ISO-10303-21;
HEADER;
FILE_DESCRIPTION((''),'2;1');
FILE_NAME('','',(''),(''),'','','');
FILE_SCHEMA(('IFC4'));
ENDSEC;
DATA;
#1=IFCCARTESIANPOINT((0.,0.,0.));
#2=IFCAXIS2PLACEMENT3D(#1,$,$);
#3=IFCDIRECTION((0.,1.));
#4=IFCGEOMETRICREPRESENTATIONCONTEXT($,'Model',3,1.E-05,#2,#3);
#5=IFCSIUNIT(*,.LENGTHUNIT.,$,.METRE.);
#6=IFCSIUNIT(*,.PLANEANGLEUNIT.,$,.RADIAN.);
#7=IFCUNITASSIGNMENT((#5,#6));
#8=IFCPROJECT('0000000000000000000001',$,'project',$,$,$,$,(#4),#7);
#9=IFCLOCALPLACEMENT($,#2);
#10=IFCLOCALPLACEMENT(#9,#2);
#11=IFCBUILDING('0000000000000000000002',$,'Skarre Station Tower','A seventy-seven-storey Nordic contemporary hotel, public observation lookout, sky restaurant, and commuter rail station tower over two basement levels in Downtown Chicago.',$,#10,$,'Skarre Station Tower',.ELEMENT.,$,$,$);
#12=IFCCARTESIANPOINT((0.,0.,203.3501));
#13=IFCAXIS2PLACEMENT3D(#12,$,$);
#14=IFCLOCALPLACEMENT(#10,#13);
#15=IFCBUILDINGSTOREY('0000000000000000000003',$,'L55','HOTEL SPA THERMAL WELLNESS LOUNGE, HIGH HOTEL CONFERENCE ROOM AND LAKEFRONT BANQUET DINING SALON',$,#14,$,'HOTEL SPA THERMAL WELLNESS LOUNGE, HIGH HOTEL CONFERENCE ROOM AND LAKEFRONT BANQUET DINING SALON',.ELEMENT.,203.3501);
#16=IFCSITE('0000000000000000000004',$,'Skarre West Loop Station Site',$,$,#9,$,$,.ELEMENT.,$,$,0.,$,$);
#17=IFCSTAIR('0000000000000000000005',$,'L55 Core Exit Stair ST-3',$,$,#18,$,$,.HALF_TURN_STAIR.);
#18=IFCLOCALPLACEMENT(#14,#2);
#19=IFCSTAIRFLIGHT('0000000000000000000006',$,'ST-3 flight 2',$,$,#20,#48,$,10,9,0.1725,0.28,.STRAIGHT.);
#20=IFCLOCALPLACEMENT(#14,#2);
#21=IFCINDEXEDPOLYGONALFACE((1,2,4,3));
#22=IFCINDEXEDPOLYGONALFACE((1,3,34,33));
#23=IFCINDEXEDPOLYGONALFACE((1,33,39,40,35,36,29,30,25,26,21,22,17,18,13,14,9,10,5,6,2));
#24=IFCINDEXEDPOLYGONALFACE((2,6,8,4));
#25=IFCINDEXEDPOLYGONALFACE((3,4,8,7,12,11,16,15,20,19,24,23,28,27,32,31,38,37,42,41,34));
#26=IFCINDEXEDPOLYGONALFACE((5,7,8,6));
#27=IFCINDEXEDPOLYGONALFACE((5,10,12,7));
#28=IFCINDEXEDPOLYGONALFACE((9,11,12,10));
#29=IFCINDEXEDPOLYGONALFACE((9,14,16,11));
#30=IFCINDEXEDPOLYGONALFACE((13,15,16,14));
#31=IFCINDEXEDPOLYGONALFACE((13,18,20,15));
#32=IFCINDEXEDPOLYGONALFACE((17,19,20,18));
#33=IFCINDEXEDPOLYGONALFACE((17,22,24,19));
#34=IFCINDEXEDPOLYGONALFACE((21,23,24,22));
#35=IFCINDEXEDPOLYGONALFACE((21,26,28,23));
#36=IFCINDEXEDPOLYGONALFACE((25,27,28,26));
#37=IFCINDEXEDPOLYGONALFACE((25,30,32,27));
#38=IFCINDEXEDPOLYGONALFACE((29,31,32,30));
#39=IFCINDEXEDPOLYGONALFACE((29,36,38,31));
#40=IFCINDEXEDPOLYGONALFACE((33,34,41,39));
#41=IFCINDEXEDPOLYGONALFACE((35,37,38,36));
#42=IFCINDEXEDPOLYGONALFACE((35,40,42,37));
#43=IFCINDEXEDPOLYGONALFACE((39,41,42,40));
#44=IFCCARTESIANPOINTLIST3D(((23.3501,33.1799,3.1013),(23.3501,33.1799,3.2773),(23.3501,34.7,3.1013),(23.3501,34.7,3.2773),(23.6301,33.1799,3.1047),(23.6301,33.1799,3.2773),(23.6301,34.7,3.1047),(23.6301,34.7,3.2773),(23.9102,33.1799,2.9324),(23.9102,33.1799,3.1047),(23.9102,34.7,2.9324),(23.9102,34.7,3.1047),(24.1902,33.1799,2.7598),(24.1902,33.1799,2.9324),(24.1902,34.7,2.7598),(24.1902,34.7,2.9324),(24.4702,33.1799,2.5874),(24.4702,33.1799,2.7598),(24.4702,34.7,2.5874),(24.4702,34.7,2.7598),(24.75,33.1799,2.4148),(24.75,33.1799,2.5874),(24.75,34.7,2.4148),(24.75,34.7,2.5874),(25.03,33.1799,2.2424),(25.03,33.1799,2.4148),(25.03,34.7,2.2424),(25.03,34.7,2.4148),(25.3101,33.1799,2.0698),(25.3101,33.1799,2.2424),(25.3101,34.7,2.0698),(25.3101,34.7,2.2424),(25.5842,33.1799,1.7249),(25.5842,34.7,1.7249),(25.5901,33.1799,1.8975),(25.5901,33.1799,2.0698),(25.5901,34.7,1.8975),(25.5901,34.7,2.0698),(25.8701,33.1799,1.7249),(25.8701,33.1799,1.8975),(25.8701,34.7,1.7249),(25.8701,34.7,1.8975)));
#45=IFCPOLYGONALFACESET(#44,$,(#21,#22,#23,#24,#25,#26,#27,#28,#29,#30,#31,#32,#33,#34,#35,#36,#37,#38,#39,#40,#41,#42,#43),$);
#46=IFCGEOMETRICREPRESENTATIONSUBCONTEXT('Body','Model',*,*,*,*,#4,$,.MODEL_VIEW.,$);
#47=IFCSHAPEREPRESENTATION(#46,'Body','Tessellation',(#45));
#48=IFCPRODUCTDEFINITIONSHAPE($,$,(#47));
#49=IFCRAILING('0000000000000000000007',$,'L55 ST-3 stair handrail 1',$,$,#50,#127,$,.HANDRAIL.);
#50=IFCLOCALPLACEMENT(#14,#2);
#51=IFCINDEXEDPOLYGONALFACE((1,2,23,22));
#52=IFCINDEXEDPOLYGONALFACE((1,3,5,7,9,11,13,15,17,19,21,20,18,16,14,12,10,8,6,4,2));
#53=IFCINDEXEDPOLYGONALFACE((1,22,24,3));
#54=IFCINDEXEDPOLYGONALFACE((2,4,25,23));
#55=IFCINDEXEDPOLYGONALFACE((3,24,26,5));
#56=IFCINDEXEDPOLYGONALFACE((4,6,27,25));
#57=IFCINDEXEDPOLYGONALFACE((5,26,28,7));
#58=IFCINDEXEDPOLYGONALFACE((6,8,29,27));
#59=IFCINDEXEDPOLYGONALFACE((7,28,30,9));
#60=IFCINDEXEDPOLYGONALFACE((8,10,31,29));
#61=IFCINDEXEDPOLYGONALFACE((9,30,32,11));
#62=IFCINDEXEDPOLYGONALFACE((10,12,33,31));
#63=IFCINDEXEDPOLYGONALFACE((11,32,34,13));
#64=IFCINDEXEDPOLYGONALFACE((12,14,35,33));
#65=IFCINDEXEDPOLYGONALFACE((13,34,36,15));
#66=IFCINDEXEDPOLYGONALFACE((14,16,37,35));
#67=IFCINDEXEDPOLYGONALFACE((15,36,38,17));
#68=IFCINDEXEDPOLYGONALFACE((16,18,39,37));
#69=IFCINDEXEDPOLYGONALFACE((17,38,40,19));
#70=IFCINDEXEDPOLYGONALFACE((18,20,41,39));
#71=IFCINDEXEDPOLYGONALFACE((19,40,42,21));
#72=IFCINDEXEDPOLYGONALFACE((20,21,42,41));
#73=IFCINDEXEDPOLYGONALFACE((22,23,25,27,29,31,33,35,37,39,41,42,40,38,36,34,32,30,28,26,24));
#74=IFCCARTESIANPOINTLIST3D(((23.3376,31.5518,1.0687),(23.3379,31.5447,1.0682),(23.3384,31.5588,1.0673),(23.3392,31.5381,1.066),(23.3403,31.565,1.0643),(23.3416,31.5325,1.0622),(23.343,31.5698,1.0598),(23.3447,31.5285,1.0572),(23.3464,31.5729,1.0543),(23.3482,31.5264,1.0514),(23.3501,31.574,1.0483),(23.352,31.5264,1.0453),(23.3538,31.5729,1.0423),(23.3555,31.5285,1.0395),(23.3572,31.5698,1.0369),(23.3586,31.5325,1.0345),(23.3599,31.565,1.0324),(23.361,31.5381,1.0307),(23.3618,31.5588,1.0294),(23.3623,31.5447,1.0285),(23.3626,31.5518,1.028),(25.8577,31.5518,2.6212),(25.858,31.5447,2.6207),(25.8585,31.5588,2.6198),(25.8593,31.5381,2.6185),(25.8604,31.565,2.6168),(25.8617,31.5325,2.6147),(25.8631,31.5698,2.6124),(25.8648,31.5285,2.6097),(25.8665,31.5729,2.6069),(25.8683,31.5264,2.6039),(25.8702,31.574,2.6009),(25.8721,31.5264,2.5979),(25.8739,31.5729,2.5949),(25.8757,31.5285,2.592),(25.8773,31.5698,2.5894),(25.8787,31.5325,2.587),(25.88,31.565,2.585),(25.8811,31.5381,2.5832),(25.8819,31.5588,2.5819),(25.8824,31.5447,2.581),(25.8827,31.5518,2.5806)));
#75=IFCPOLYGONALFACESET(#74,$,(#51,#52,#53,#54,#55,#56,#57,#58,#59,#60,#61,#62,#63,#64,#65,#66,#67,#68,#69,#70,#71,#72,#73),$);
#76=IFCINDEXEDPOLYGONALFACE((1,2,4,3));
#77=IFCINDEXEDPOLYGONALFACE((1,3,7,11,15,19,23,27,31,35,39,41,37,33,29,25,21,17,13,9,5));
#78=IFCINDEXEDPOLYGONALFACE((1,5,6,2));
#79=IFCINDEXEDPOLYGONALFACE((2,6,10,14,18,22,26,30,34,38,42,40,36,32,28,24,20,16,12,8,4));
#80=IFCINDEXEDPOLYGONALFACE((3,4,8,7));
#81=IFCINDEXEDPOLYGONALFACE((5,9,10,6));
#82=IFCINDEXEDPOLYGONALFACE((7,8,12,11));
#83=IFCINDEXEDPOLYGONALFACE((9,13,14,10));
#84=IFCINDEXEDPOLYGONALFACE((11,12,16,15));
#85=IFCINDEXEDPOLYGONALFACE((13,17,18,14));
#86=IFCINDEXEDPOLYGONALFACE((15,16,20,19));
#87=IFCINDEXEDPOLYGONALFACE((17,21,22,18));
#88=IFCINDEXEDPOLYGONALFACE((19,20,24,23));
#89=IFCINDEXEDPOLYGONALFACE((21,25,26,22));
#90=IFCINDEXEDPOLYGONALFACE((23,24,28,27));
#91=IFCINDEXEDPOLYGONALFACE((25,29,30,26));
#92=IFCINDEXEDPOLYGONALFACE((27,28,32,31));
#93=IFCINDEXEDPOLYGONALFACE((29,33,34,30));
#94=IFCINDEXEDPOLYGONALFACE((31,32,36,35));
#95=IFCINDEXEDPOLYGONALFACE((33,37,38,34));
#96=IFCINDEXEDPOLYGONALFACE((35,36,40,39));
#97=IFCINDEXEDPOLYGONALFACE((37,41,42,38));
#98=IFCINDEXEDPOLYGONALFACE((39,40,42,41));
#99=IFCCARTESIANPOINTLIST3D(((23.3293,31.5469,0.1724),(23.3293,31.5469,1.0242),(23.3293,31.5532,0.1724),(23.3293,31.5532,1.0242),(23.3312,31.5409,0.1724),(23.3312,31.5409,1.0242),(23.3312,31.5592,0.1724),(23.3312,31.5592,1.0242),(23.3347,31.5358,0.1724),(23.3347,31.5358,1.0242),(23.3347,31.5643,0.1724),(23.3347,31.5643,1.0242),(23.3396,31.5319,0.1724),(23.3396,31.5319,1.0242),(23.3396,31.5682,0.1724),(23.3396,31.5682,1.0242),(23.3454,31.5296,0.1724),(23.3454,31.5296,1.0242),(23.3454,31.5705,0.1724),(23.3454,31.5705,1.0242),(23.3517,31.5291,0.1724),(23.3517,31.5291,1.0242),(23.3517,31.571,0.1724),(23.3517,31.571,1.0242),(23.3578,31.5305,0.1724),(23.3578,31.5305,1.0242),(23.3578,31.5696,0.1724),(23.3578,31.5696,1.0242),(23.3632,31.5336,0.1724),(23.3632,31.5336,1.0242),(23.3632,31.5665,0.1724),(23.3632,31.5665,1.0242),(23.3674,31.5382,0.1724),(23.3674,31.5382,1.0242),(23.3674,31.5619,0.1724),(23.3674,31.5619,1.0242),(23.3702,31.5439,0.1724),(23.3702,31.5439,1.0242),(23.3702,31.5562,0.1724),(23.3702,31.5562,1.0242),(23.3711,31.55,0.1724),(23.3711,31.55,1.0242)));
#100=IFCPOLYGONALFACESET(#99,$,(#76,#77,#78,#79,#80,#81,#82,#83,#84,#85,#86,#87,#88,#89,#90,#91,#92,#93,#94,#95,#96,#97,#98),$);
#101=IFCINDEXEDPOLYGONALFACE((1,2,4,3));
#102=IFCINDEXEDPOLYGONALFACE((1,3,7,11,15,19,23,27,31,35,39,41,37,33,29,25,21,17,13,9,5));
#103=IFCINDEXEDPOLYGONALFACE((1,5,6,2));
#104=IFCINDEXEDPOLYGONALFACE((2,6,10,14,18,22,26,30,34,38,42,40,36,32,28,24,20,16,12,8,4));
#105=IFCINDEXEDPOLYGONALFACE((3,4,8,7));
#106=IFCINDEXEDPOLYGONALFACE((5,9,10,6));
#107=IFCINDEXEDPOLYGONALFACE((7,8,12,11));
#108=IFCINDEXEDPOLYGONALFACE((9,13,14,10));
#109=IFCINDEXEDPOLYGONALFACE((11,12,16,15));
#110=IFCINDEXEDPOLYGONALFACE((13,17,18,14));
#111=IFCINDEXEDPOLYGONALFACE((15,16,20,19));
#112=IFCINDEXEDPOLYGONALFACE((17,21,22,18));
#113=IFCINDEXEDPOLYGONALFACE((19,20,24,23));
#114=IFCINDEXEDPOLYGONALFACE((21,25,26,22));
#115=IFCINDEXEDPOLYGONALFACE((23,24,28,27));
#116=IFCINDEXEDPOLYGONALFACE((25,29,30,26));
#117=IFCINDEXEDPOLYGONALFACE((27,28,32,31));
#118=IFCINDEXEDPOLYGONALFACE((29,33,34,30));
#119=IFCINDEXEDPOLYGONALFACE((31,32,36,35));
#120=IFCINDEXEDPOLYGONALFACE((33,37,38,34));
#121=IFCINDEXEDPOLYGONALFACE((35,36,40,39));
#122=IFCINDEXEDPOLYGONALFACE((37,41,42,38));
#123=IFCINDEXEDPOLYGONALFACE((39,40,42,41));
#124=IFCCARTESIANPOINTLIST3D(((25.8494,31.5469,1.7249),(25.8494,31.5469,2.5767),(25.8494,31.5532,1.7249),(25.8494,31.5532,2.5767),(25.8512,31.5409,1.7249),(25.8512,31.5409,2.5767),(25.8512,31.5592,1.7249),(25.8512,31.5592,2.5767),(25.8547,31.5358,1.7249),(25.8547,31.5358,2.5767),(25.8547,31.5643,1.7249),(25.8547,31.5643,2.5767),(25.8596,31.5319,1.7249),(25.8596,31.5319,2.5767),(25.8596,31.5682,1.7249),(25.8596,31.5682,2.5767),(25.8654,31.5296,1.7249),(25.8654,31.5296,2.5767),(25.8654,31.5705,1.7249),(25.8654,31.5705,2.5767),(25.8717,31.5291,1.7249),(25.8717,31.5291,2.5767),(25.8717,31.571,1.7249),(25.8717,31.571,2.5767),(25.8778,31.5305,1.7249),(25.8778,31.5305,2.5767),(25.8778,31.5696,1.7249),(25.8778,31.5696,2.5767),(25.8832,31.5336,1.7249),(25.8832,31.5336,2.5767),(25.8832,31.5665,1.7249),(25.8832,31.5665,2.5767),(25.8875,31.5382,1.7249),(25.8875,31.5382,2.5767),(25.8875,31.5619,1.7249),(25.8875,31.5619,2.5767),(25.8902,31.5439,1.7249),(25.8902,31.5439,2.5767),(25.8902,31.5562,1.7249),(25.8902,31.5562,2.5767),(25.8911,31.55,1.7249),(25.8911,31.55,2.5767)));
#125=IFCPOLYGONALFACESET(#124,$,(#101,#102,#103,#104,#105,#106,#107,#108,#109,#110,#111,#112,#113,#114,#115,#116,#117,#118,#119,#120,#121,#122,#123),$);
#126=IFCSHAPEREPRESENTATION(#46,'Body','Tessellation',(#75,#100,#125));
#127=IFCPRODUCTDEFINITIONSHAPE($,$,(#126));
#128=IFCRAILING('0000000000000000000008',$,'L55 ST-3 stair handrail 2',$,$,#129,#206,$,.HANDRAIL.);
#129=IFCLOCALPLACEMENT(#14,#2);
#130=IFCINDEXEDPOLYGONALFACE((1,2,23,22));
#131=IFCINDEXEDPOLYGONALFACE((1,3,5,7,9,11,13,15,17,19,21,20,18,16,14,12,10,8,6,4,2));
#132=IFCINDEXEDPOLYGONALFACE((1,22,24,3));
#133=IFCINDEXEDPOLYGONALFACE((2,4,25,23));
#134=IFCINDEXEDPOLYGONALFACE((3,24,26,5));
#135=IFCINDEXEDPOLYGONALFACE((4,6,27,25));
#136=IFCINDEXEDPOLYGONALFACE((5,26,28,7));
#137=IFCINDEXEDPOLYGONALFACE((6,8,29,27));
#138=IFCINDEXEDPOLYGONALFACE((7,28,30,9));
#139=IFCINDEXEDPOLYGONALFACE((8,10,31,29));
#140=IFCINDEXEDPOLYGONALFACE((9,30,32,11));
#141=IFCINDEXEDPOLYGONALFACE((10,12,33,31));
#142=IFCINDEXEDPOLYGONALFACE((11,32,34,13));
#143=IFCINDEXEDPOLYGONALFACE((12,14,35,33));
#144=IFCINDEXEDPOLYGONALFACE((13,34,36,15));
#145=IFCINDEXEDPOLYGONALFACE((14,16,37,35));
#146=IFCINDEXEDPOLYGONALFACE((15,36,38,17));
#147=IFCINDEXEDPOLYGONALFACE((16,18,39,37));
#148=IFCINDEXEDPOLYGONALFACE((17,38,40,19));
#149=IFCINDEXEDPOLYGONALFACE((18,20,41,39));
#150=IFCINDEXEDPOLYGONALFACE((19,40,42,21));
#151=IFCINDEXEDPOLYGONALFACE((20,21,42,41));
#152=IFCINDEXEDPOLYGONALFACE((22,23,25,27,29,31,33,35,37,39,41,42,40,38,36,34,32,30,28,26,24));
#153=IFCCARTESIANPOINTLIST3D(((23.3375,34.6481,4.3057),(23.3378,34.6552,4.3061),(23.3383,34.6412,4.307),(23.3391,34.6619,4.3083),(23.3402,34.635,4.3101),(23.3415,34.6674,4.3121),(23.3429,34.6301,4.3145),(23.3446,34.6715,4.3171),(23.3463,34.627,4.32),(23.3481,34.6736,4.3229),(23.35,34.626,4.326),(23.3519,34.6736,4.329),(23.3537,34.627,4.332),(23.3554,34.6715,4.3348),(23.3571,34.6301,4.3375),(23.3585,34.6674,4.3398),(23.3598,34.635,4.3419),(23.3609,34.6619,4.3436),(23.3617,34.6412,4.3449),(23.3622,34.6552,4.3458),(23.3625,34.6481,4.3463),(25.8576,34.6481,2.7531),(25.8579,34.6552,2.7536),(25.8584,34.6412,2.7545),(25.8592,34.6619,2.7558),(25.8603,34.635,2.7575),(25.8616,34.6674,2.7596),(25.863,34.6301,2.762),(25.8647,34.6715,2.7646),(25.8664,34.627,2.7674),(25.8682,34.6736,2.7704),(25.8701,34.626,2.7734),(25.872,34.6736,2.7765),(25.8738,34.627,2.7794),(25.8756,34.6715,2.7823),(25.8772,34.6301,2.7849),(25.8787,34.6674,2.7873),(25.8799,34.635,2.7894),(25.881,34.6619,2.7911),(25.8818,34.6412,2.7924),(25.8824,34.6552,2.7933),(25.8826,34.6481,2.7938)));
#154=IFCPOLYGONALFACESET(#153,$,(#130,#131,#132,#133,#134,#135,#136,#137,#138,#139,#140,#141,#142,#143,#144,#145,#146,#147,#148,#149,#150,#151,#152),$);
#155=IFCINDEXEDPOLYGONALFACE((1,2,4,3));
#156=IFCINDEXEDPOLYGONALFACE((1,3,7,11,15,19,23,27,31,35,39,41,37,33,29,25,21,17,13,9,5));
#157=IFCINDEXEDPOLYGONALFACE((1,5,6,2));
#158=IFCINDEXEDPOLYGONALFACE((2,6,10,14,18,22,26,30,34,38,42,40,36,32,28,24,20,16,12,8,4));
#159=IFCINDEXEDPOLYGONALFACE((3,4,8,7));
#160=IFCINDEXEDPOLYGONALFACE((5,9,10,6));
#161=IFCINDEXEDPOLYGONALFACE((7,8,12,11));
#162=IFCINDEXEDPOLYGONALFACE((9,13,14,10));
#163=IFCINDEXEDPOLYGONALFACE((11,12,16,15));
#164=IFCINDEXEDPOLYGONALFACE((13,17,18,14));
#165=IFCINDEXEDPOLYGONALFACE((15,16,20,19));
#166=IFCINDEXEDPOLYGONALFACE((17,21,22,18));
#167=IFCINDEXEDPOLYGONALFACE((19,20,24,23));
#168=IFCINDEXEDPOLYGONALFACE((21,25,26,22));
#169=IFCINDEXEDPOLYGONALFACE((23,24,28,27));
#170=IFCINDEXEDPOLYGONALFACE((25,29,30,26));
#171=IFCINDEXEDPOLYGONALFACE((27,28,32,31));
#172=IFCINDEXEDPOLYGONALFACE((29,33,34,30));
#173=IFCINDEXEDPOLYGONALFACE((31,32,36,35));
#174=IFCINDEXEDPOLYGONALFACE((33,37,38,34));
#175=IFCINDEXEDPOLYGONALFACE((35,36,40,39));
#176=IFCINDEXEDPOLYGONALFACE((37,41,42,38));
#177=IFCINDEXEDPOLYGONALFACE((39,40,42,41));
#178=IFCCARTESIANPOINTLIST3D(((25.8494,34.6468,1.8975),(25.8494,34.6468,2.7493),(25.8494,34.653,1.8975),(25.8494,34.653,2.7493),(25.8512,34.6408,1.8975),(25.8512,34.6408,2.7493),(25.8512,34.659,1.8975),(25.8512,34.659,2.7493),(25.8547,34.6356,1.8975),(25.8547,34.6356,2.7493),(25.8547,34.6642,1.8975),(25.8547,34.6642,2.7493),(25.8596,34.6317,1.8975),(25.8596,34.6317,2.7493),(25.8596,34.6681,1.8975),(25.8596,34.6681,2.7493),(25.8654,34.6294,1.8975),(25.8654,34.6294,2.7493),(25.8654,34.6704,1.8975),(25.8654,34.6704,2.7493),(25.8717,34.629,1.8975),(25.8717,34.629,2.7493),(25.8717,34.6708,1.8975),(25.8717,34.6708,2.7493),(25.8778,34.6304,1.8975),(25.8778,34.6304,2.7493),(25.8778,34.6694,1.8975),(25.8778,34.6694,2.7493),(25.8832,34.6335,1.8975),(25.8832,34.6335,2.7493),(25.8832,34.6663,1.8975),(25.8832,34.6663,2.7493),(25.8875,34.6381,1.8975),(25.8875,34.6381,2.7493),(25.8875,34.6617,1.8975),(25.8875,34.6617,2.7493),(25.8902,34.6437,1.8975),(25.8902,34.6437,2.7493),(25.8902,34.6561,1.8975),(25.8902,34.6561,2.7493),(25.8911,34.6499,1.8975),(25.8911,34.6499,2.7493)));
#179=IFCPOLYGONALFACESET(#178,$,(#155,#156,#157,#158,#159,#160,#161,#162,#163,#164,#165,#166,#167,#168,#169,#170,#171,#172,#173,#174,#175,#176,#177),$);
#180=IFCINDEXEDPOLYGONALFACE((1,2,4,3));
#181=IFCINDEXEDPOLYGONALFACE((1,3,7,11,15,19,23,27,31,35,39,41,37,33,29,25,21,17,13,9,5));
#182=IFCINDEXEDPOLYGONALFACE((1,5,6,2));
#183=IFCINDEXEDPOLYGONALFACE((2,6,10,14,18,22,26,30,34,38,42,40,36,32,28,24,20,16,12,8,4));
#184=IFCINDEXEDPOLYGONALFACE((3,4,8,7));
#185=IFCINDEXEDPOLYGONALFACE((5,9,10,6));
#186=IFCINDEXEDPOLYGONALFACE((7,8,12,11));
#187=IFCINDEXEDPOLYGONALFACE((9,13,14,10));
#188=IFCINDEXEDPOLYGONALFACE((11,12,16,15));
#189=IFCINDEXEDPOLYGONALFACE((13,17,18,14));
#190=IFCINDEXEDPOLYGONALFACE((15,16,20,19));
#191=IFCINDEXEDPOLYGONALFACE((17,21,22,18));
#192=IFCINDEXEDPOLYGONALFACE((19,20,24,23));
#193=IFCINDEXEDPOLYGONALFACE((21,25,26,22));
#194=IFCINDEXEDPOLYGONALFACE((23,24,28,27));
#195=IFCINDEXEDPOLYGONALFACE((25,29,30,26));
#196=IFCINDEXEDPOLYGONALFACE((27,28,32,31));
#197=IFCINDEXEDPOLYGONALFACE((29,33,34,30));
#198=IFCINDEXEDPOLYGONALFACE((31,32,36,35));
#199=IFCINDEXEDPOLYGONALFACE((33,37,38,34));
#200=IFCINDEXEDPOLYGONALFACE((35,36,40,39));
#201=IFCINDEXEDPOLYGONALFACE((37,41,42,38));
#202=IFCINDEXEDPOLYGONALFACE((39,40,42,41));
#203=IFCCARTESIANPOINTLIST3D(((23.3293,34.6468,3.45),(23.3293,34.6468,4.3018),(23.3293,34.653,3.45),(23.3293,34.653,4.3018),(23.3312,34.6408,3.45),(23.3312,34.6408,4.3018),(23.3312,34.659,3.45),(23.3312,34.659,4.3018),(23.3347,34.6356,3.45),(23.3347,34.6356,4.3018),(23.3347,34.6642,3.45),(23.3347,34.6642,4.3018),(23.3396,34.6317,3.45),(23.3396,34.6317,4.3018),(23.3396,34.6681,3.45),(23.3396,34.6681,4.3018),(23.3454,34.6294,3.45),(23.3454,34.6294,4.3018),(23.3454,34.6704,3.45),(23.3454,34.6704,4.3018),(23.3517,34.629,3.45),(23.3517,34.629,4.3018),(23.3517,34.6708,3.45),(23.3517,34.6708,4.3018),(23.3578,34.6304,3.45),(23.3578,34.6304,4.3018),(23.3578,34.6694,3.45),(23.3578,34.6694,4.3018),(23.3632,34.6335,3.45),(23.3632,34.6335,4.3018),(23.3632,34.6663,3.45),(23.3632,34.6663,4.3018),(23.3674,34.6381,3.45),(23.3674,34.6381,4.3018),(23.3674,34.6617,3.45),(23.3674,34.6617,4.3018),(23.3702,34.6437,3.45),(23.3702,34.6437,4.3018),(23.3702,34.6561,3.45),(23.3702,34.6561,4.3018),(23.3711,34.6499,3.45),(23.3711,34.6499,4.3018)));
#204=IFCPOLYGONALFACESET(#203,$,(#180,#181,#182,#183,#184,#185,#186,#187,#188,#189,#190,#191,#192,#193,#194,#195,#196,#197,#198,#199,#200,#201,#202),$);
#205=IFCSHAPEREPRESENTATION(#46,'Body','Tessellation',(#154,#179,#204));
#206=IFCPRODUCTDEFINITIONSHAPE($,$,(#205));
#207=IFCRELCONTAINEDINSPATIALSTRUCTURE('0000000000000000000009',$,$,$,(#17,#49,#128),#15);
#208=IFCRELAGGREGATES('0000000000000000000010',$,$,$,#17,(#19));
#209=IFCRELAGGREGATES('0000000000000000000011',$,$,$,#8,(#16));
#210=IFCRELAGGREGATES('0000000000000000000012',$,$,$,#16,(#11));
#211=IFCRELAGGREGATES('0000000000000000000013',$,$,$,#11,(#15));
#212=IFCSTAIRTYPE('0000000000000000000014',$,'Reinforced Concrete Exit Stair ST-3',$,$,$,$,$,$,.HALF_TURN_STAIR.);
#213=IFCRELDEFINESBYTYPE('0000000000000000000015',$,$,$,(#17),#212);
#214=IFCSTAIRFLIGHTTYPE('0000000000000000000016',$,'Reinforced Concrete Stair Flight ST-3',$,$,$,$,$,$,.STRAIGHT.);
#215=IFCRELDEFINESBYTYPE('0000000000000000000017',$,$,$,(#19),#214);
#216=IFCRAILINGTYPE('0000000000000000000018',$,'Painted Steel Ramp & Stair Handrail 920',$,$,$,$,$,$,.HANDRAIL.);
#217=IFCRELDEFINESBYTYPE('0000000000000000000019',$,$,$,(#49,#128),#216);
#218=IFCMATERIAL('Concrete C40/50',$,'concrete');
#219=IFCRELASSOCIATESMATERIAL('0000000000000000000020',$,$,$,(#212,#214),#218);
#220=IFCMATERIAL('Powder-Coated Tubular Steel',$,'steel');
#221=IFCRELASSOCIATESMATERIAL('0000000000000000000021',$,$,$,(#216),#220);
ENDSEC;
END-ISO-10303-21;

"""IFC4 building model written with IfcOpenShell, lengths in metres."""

from ifc_helpers import new_model, si_unit, direction, frame, origin, origin_2d, place, context, subcontext, project, spatial, polyline, circle, outline, extrude, material, type_object, element, aggregate, save


model = new_model("IFC4")

# Units and contexts
model_context = context("Model", 3, precision=1e-05, world=origin(), true_north=direction((0.0, 1.0)))
body_context = subcontext(model_context, "Body", "Model", "MODEL_VIEW")
ifc_project = project(units=[si_unit("LENGTHUNIT", "METRE"), si_unit("PLANEANGLEUNIT", "RADIAN")], contexts=[model_context])

# Site, building, storey
site_placement = place(None, origin())
site = spatial("IfcSite", under=ifc_project, at=site_placement, Name="Skarre West Loop Station Site", CompositionType="ELEMENT", RefElevation=0.0)
building_placement = place(site_placement, origin())
building = spatial("IfcBuilding", under=site, at=building_placement, Name="Skarre Station Tower", Description="A seventy-seven-storey Nordic contemporary hotel, public observation lookout, sky restaurant, and commuter rail station tower over two basement levels in Downtown Chicago.", LongName="Skarre Station Tower", CompositionType="ELEMENT")
storey_placement = place(building_placement, frame((0.0, 0.0, 203.3501)))
storey = spatial("IfcBuildingStorey", under=building, at=storey_placement, Name="L55", Description="HOTEL SPA THERMAL WELLNESS LOUNGE, HIGH HOTEL CONFERENCE ROOM AND LAKEFRONT BANQUET DINING SALON", LongName="HOTEL SPA THERMAL WELLNESS LOUNGE, HIGH HOTEL CONFERENCE ROOM AND LAKEFRONT BANQUET DINING SALON", CompositionType="ELEMENT", Elevation=203.3501)

# Stair, stair flight
ifc_material_1 = material(Name="Concrete C40/50", Category="concrete")
stair_type = type_object("IfcStairType", Name="Reinforced Concrete Exit Stair ST-3", PredefinedType="HALF_TURN_STAIR", material=ifc_material_1)
stair_placement = place(storey_placement, origin())
stair = element("IfcStair", 1, at=stair_placement, inside=storey, type_object=stair_type, Name="L55 Core Exit Stair ST-3", PredefinedType="HALF_TURN_STAIR")
stair_flight_type = type_object("IfcStairFlightType", Name="Reinforced Concrete Stair Flight ST-3", PredefinedType="STRAIGHT", material=ifc_material_1)
stair_flight_1_placement = place(storey_placement, frame((25.8701, 33.9399, 1.7249), z_axis=(0.0, 0.0, 1.0), x_axis=(-1.0, 0.0, 0.0)))
stair_flight_1 = element("IfcStairFlight", 2, at=stair_flight_1_placement, type_object=stair_flight_type, Name="ST-3 flight 2", NumberOfRisers=10, NumberOfTreads=9, PredefinedType="STRAIGHT", RiserHeight=0.1725, TreadLength=0.28, context=body_context, shape_type="SweptSolid", body=[
    extrude(outline(polyline([(0.0, 0.0), (0.0, 0.1726), (0.28, 0.1726), (0.28, 0.345), (0.5601, 0.345), (0.5601, 0.5176), (0.8401, 0.5176), (0.8401, 0.6899), (1.1201, 0.6899), (1.1201, 0.8625), (1.3999, 0.8625), (1.3999, 1.0349), (1.6799, 1.0349), (1.6799, 1.2075), (1.96, 1.2075), (1.96, 1.3799), (2.24, 1.3799), (2.24, 1.5525), (2.52, 1.5525), (2.52, 1.7251), (2.52, 1.3765), (0.2859, 0.0), (0.0, 0.0)])), frame((0.0, 0.76, 0.0), z_axis=(0.0, -1.0, 0.0), x_axis=(1.0, 0.0, 0.0)), (0.0, 0.0, 1.0), 1.52),
])
aggregate(stair, [stair_flight_1])

# Railings
ifc_material_2 = material(Name="Powder-Coated Tubular Steel", Category="steel")
railing_type_1 = type_object("IfcRailingType", Name="Painted Steel Ramp & Stair Handrail 920", PredefinedType="HANDRAIL", material=ifc_material_2)
railing_1_placement = place(storey_placement, frame((23.3501, 31.55, 0.1724)))
element("IfcRailing", 3, at=railing_1_placement, inside=storey, type_object=railing_type_1, Name="L55 ST-3 stair handrail 1", PredefinedType="HANDRAIL", context=body_context, shape_type="SweptSolid", body=[
    extrude(circle(Radius=0.0239, at=origin_2d()), frame((0.0, 0.0, 0.876), z_axis=(0.8514, 0.0, 0.524516), x_axis=(0.0, 1.0, 0.0)), (0.0, 0.0, 1.0), 2.96),
    extrude(circle(Radius=0.021, at=origin_2d()), origin(), (0.0, 0.0, 1.0), 0.8518),
    extrude(circle(Radius=0.021, at=origin_2d()), frame((2.52, 0.0, 1.5525)), (0.0, 0.0, 1.0), 0.8518),
])
railing_2_placement = place(storey_placement, frame((25.8701, 34.6499, 1.8975)))
element("IfcRailing", 4, at=railing_2_placement, inside=storey, type_object=railing_type_1, Name="L55 ST-3 stair handrail 2", PredefinedType="HANDRAIL", context=body_context, shape_type="SweptSolid", body=[
    extrude(circle(Radius=0.0239, at=origin_2d()), frame((0.0, 0.0, 0.876), z_axis=(-0.8514, 0.0, 0.524516), x_axis=(0.0, -1.0, 0.0)), (0.0, 0.0, 1.0), 2.96),
    extrude(circle(Radius=0.021, at=origin_2d()), origin(), (0.0, 0.0, 1.0), 0.8518),
    extrude(circle(Radius=0.021, at=origin_2d()), frame((-2.52, 0.0, 1.5525)), (0.0, 0.0, 1.0), 0.8518),
])

save(model, "model.ifc")
